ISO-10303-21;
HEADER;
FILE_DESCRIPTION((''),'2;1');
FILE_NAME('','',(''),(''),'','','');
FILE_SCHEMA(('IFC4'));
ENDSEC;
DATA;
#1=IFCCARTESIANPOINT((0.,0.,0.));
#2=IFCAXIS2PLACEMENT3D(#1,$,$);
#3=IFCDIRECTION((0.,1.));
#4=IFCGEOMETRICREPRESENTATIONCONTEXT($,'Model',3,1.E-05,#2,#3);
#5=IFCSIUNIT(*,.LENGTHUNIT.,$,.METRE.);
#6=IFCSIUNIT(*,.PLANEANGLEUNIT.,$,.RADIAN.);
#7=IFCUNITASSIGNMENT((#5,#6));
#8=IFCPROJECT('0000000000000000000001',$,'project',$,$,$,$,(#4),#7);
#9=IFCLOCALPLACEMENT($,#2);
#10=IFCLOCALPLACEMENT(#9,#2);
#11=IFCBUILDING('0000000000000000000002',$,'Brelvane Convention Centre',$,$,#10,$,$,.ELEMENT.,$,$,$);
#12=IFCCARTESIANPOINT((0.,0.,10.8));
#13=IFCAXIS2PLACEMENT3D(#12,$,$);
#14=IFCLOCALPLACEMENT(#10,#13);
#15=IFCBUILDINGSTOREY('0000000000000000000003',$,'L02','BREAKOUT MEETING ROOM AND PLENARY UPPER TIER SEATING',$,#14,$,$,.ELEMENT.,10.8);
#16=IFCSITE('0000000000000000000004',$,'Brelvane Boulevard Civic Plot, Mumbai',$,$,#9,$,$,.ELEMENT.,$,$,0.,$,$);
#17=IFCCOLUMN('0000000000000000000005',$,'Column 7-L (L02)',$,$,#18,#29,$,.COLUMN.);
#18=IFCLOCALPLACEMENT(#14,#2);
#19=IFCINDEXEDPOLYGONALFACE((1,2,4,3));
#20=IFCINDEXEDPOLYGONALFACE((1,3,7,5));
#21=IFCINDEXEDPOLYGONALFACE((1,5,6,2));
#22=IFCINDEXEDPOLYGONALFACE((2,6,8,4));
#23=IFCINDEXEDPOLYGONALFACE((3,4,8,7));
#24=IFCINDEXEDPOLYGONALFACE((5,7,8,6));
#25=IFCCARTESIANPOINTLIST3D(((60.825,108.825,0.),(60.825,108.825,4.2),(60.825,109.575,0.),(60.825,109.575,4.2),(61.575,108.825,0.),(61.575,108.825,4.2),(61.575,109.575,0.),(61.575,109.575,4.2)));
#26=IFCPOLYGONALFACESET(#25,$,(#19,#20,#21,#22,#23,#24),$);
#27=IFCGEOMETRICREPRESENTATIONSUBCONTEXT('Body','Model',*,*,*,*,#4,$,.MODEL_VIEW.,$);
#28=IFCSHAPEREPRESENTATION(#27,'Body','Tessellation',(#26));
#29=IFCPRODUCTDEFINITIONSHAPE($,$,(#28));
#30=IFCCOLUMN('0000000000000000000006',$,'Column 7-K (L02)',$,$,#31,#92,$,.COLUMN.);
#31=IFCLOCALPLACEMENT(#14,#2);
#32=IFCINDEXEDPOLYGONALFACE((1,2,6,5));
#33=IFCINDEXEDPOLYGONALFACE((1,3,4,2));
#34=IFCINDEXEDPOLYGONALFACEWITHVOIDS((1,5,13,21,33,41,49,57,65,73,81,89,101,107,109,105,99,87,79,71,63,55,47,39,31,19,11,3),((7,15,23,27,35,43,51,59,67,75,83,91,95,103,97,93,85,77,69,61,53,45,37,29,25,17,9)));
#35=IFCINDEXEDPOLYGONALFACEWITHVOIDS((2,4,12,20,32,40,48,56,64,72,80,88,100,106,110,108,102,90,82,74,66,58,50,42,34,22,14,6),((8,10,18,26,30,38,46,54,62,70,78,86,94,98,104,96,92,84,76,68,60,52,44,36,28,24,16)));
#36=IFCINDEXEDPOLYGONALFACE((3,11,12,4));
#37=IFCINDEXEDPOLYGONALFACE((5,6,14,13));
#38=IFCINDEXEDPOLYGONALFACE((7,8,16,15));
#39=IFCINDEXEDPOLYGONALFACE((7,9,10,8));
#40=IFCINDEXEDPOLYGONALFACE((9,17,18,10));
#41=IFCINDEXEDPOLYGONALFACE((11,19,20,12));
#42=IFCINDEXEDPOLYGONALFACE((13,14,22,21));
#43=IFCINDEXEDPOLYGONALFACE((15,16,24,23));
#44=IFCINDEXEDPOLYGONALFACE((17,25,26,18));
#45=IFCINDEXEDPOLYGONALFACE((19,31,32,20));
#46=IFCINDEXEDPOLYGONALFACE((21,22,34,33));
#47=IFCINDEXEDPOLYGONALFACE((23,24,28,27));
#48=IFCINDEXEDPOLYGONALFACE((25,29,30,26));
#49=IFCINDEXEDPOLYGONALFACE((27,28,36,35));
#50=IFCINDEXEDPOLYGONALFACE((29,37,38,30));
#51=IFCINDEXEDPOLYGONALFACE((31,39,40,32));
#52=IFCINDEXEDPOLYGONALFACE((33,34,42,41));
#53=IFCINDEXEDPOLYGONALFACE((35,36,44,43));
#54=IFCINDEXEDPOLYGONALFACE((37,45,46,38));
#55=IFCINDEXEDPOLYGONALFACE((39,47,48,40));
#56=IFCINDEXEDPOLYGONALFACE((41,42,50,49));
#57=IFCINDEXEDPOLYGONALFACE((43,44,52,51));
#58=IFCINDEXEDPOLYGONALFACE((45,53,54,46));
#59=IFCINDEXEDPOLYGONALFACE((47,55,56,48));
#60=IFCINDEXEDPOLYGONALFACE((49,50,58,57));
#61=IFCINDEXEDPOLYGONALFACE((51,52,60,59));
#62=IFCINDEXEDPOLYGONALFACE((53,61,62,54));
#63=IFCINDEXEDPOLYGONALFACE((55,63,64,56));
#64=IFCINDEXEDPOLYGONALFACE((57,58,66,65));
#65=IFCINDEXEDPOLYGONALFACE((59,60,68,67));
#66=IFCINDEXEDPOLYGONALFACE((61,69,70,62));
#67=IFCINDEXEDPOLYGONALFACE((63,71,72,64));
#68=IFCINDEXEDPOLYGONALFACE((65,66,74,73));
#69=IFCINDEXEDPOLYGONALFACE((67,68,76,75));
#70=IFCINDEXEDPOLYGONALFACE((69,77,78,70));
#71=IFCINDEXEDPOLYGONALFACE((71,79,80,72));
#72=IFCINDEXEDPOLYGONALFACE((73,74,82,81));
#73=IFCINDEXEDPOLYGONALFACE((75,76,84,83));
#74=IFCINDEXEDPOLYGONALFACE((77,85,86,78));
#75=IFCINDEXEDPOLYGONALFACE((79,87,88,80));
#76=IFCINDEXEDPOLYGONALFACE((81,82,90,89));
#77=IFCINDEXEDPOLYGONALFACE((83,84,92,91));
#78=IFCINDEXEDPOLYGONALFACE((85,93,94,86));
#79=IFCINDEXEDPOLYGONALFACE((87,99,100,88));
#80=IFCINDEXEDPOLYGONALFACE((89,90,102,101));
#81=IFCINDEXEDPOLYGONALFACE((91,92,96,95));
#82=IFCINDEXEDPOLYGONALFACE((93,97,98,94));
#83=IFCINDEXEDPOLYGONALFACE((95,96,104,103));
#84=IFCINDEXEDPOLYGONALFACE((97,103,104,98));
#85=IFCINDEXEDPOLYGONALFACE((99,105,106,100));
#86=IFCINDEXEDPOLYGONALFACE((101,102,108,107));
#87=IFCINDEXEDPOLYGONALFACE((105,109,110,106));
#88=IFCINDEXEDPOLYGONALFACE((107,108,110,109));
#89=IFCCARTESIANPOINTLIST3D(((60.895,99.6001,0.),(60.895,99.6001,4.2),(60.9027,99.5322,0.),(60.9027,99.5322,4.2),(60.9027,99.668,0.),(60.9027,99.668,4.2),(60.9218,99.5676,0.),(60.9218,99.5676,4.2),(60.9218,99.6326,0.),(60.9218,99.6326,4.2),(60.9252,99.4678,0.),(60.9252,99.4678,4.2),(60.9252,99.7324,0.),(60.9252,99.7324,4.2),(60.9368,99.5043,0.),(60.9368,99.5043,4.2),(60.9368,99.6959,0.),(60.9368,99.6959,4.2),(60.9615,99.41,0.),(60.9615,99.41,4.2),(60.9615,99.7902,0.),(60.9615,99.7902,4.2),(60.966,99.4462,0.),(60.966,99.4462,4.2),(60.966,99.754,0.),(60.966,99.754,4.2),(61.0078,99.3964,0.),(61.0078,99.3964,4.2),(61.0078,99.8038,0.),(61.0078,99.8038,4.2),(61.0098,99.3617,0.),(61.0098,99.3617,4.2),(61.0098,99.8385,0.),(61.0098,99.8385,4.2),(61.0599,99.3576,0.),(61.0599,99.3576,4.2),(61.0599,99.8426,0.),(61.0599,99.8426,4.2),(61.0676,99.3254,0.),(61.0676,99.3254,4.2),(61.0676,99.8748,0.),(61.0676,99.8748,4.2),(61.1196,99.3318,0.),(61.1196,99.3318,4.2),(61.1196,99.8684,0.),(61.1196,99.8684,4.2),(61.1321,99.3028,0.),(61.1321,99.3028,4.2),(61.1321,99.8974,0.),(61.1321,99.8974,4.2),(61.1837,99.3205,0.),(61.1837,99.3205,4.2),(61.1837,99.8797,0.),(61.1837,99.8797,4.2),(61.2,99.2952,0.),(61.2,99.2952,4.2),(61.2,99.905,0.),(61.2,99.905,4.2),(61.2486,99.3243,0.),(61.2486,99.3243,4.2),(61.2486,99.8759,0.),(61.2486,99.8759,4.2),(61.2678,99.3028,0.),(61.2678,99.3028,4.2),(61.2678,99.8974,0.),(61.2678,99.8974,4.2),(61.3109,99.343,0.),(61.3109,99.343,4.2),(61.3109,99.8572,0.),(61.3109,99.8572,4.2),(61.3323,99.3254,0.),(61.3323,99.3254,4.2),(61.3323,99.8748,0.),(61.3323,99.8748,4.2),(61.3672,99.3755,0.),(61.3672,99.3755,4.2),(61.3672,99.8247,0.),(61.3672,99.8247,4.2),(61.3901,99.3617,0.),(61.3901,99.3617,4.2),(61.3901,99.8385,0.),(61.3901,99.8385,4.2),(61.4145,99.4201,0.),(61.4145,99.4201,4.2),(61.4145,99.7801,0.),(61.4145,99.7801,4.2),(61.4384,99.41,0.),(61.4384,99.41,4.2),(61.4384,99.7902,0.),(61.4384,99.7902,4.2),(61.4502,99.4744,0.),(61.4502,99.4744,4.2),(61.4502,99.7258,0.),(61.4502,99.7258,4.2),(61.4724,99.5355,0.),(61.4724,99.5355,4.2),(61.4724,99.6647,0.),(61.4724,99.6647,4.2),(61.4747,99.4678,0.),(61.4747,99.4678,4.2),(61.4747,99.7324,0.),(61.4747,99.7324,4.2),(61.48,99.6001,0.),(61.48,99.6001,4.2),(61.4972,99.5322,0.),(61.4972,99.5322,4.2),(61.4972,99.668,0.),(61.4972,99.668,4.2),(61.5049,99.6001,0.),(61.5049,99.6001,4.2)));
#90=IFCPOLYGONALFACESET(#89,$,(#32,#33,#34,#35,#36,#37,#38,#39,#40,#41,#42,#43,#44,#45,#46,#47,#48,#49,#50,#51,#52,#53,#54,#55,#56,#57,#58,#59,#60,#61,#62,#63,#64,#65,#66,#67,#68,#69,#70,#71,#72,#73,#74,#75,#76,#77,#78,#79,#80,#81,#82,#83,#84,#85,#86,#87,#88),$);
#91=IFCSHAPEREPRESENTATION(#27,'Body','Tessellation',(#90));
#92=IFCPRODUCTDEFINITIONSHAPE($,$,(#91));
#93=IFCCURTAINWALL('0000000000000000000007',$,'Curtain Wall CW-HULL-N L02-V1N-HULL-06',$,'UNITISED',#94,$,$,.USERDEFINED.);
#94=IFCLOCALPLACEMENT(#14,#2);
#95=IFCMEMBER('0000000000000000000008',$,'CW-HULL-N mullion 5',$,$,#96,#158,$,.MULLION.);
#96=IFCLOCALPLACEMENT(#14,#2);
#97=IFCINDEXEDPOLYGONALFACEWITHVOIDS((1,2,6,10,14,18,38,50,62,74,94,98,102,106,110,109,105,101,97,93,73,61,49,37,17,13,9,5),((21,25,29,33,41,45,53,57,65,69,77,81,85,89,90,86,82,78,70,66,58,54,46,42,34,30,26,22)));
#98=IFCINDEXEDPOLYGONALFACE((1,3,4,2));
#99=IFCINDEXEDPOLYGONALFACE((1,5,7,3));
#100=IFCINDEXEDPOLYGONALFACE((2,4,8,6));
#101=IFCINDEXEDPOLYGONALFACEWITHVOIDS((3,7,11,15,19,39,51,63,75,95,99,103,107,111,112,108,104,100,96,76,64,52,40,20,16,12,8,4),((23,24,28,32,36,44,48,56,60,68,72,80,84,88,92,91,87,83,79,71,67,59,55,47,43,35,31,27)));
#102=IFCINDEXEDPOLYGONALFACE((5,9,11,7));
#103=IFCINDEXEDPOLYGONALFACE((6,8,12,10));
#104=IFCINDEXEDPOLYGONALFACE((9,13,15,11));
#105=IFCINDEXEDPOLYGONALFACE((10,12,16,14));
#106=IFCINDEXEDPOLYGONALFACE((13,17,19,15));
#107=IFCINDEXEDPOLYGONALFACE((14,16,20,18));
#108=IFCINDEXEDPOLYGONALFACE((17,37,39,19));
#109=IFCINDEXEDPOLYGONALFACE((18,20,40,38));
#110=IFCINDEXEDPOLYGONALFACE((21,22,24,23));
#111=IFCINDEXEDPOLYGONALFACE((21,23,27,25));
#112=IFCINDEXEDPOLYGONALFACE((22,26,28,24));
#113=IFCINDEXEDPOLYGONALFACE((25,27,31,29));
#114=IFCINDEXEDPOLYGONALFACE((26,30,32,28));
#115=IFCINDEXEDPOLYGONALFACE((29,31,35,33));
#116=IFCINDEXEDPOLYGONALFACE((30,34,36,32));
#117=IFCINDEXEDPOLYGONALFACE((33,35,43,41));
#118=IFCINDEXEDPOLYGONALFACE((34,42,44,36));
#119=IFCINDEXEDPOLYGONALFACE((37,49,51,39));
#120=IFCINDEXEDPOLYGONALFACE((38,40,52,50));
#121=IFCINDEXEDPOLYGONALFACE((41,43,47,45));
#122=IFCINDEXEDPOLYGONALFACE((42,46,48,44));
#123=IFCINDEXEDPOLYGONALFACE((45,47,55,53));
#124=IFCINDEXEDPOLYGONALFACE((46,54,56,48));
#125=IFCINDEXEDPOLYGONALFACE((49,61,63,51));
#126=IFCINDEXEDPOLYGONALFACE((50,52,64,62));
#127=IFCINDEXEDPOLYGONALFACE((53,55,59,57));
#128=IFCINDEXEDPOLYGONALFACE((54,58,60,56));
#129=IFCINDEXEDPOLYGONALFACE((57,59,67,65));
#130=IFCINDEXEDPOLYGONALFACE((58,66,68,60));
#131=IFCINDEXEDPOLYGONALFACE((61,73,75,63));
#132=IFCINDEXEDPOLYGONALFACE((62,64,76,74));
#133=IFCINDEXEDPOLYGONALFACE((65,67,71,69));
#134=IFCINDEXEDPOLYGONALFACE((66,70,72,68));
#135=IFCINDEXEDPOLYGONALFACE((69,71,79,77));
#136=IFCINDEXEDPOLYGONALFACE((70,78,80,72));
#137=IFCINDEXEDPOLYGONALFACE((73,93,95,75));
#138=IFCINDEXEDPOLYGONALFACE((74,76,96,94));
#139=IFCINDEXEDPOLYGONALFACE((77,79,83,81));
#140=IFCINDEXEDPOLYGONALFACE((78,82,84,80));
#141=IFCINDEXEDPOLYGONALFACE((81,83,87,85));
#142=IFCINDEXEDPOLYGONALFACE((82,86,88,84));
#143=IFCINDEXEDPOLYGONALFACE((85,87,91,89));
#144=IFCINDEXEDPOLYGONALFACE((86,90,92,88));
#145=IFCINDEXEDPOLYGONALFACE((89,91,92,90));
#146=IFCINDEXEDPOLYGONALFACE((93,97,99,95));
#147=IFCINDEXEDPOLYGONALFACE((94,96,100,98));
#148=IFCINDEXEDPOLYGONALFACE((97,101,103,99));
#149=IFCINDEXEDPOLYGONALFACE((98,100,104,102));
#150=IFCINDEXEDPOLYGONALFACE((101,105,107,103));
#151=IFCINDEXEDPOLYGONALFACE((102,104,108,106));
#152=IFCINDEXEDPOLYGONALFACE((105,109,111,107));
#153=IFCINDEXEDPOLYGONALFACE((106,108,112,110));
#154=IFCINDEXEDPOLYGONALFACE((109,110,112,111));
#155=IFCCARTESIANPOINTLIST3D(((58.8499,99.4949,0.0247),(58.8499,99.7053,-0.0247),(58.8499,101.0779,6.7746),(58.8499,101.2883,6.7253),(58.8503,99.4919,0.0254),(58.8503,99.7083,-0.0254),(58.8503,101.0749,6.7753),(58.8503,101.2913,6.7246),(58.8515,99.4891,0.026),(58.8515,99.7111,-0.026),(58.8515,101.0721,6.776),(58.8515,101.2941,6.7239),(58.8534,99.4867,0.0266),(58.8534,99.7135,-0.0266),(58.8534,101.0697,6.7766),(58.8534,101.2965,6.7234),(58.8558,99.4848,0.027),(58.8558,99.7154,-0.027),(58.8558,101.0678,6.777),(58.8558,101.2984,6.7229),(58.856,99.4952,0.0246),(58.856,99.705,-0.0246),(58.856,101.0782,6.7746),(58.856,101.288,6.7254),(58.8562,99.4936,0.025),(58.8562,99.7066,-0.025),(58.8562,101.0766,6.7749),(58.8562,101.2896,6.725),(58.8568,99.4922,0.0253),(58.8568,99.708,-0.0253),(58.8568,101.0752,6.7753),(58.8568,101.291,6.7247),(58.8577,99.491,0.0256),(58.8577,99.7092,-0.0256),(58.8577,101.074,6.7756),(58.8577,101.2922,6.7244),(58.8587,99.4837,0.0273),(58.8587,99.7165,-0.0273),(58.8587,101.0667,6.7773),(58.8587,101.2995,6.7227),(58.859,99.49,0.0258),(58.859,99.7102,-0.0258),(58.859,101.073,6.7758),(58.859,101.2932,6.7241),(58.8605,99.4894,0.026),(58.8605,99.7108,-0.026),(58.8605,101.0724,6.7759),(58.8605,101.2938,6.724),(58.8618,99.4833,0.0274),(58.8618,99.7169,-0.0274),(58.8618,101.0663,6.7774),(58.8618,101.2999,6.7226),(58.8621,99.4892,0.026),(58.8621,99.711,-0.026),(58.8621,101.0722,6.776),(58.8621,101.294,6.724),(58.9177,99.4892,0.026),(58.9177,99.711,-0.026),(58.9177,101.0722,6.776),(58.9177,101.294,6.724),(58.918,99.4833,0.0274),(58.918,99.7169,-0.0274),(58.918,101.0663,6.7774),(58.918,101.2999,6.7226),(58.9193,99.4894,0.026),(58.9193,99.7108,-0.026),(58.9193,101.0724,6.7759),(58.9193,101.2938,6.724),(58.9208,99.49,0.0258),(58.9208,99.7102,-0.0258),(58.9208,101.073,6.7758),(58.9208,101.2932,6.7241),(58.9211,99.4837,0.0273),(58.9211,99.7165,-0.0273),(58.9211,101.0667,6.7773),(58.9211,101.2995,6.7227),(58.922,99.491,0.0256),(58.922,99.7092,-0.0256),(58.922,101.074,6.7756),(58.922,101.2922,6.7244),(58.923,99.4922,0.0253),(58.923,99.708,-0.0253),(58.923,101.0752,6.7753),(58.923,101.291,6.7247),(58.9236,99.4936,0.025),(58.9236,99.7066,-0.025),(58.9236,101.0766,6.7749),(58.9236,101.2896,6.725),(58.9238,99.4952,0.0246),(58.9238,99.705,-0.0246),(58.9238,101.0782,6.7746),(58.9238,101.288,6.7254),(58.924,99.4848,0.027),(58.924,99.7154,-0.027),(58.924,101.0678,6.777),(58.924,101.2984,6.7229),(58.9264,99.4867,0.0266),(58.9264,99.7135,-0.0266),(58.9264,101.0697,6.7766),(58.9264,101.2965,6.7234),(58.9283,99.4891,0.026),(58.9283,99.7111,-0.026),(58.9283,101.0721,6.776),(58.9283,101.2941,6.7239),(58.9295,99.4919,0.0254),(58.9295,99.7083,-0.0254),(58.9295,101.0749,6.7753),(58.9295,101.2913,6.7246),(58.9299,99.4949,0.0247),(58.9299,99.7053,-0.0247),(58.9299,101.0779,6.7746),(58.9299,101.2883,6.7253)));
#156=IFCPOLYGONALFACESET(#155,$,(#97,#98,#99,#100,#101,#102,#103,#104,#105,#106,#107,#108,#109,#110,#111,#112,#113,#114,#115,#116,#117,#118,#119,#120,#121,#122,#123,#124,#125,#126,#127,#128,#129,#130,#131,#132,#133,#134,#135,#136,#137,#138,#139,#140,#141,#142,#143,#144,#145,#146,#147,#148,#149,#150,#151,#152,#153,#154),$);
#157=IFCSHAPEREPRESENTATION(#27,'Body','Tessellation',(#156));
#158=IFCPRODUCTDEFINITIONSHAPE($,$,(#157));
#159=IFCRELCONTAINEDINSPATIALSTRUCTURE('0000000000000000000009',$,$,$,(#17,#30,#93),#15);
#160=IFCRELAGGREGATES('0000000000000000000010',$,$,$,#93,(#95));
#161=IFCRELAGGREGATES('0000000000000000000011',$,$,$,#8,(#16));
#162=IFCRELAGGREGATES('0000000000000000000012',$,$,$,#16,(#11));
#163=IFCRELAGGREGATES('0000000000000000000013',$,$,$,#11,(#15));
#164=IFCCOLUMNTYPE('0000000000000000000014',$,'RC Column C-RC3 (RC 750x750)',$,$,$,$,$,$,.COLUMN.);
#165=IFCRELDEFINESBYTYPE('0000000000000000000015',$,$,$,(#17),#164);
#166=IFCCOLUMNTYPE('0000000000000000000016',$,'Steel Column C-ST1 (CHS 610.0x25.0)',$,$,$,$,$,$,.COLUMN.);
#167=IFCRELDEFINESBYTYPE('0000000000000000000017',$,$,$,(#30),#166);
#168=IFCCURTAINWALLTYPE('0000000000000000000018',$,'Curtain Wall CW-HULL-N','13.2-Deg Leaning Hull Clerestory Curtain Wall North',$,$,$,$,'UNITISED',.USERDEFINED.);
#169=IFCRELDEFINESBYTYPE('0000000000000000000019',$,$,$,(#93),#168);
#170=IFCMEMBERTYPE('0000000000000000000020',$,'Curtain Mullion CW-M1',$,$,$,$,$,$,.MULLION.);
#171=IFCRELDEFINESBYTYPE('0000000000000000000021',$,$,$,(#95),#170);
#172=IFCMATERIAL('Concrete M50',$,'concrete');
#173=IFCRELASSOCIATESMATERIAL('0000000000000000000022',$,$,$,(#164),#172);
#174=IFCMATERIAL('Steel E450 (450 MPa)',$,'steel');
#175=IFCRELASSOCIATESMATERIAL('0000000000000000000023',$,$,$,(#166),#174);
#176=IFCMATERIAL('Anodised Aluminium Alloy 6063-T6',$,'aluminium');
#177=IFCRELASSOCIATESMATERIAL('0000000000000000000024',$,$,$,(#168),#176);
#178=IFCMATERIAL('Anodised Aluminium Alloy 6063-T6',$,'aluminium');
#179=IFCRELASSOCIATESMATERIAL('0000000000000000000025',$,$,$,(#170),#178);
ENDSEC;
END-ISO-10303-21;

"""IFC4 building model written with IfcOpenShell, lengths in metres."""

from ifc_helpers import new_model, si_unit, direction, frame, origin, origin_2d, place, context, subcontext, project, spatial, rectangle, hollow_rectangle, hollow_circle, extrude, material, material_profile, profile_set, type_object, element, aggregate, save


model = new_model("IFC4")

# Units and contexts
model_context = context("Model", 3, precision=1e-05, world=origin(), true_north=direction((0.0, 1.0)))
body_context = subcontext(model_context, "Body", "Model", "MODEL_VIEW")
ifc_project = project(units=[si_unit("LENGTHUNIT", "METRE"), si_unit("PLANEANGLEUNIT", "RADIAN")], contexts=[model_context])

# Site, building, storey
site_placement = place(None, origin())
site = spatial("IfcSite", under=ifc_project, at=site_placement, Name="Brelvane Boulevard Civic Plot, Mumbai", CompositionType="ELEMENT", RefElevation=0.0)
building_placement = place(site_placement, origin())
building = spatial("IfcBuilding", under=site, at=building_placement, Name="Brelvane Convention Centre", CompositionType="ELEMENT")
storey_placement = place(building_placement, frame((0.0, 0.0, 10.8)))
storey = spatial("IfcBuildingStorey", under=building, at=storey_placement, Name="L02", Description="BREAKOUT MEETING ROOM AND PLENARY UPPER TIER SEATING", CompositionType="ELEMENT", Elevation=10.8)

# Columns
ifc_material_1 = material(Name="Concrete M50", Category="concrete")
ifc_material_profile_1 = material_profile(ifc_material_1, rectangle(XDim=0.75, YDim=0.75, at=origin_2d()), Name="RC 750x750")
ifc_profile_set_1 = profile_set([ifc_material_profile_1], Name="Concrete M50")
column_type_1 = type_object("IfcColumnType", Name="RC Column C-RC3 (RC 750x750)", PredefinedType="COLUMN", material=ifc_profile_set_1)
column_1_placement = place(storey_placement, frame((61.2, 109.2, 0.0), z_axis=(0.0, 0.0, 1.0), x_axis=(1.0, 0.0, 0.0)))
element("IfcColumn", 1, at=column_1_placement, inside=storey, type_object=column_type_1, Name="Column 7-L (L02)", PredefinedType="COLUMN", context=body_context, shape_type="SweptSolid", body=[
    extrude(rectangle(XDim=0.75, YDim=0.75, at=origin_2d()), origin(), (0.0, 0.0, 1.0), 4.2),
])
ifc_material_2 = material(Name="Steel E450 (450 MPa)", Category="steel")
ifc_material_profile_2 = material_profile(ifc_material_2, hollow_circle(Radius=0.3049, WallThickness=0.0249, at=origin_2d()), Name="CHS 610.0x25.0")
ifc_profile_set_2 = profile_set([ifc_material_profile_2], Name="Steel E450 (450 MPa)")
column_type_2 = type_object("IfcColumnType", Name="Steel Column C-ST1 (CHS 610.0x25.0)", PredefinedType="COLUMN", material=ifc_profile_set_2)
column_2_placement = place(storey_placement, frame((61.2, 99.6001, 0.0), z_axis=(0.0, 0.0, 1.0), x_axis=(1.0, 0.0, 0.0)))
element("IfcColumn", 2, at=column_2_placement, inside=storey, type_object=column_type_2, Name="Column 7-K (L02)", PredefinedType="COLUMN", context=body_context, shape_type="SweptSolid", body=[
    extrude(hollow_circle(Radius=0.3049, WallThickness=0.0249, at=origin_2d()), origin(), (0.0, 0.0, 1.0), 4.2),
])

# Curtain wall, member
ifc_material_3 = material(Name="Anodised Aluminium Alloy 6063-T6", Category="aluminium")
curtain_wall_type_1 = type_object("IfcCurtainWallType", Name="Curtain Wall CW-HULL-N", Description="13.2-Deg Leaning Hull Clerestory Curtain Wall North", ElementType="UNITISED", PredefinedType="USERDEFINED", material=ifc_material_3)
curtain_wall_1_placement = place(storey_placement, origin())
curtain_wall_1 = element("IfcCurtainWall", 3, at=curtain_wall_1_placement, inside=storey, type_object=curtain_wall_type_1, Name="Curtain Wall CW-HULL-N L02-V1N-HULL-06", ObjectType="UNITISED", PredefinedType="USERDEFINED")
ifc_material_4 = material(Name="Anodised Aluminium Alloy 6063-T6", Category="aluminium")
ifc_material_profile_3 = material_profile(ifc_material_4, hollow_rectangle(XDim=0.0801, YDim=0.24, WallThickness=0.0061, InnerFilletRadius=0.0061, OuterFilletRadius=0.012, at=origin_2d()), Name="ALU-M 240x80x6.0")
ifc_profile_set_3 = profile_set([ifc_material_profile_3], Name="Anodised Aluminium Alloy 6063-T6")
member_type_1 = type_object("IfcMemberType", Name="Curtain Mullion CW-M1", PredefinedType="MULLION", material=ifc_profile_set_3)
member_1_placement = place(storey_placement, frame((58.8899, 99.6001, 0.0), z_axis=(0.0, 0.228325, 0.973585), x_axis=(-1.0, 0.0, 0.0)))
member_1 = element("IfcMember", 4, at=member_1_placement, type_object=member_type_1, Name="CW-HULL-N mullion 5", PredefinedType="MULLION", context=body_context, shape_type="SweptSolid", body=[
    extrude(hollow_rectangle(XDim=0.0801, YDim=0.24, WallThickness=0.0061, InnerFilletRadius=0.0061, OuterFilletRadius=0.012, at=origin_2d()), origin(), (0.0, 0.0, 1.0), 6.9331),
])

aggregate(curtain_wall_1, [member_1])

save(model, "model.ifc")
